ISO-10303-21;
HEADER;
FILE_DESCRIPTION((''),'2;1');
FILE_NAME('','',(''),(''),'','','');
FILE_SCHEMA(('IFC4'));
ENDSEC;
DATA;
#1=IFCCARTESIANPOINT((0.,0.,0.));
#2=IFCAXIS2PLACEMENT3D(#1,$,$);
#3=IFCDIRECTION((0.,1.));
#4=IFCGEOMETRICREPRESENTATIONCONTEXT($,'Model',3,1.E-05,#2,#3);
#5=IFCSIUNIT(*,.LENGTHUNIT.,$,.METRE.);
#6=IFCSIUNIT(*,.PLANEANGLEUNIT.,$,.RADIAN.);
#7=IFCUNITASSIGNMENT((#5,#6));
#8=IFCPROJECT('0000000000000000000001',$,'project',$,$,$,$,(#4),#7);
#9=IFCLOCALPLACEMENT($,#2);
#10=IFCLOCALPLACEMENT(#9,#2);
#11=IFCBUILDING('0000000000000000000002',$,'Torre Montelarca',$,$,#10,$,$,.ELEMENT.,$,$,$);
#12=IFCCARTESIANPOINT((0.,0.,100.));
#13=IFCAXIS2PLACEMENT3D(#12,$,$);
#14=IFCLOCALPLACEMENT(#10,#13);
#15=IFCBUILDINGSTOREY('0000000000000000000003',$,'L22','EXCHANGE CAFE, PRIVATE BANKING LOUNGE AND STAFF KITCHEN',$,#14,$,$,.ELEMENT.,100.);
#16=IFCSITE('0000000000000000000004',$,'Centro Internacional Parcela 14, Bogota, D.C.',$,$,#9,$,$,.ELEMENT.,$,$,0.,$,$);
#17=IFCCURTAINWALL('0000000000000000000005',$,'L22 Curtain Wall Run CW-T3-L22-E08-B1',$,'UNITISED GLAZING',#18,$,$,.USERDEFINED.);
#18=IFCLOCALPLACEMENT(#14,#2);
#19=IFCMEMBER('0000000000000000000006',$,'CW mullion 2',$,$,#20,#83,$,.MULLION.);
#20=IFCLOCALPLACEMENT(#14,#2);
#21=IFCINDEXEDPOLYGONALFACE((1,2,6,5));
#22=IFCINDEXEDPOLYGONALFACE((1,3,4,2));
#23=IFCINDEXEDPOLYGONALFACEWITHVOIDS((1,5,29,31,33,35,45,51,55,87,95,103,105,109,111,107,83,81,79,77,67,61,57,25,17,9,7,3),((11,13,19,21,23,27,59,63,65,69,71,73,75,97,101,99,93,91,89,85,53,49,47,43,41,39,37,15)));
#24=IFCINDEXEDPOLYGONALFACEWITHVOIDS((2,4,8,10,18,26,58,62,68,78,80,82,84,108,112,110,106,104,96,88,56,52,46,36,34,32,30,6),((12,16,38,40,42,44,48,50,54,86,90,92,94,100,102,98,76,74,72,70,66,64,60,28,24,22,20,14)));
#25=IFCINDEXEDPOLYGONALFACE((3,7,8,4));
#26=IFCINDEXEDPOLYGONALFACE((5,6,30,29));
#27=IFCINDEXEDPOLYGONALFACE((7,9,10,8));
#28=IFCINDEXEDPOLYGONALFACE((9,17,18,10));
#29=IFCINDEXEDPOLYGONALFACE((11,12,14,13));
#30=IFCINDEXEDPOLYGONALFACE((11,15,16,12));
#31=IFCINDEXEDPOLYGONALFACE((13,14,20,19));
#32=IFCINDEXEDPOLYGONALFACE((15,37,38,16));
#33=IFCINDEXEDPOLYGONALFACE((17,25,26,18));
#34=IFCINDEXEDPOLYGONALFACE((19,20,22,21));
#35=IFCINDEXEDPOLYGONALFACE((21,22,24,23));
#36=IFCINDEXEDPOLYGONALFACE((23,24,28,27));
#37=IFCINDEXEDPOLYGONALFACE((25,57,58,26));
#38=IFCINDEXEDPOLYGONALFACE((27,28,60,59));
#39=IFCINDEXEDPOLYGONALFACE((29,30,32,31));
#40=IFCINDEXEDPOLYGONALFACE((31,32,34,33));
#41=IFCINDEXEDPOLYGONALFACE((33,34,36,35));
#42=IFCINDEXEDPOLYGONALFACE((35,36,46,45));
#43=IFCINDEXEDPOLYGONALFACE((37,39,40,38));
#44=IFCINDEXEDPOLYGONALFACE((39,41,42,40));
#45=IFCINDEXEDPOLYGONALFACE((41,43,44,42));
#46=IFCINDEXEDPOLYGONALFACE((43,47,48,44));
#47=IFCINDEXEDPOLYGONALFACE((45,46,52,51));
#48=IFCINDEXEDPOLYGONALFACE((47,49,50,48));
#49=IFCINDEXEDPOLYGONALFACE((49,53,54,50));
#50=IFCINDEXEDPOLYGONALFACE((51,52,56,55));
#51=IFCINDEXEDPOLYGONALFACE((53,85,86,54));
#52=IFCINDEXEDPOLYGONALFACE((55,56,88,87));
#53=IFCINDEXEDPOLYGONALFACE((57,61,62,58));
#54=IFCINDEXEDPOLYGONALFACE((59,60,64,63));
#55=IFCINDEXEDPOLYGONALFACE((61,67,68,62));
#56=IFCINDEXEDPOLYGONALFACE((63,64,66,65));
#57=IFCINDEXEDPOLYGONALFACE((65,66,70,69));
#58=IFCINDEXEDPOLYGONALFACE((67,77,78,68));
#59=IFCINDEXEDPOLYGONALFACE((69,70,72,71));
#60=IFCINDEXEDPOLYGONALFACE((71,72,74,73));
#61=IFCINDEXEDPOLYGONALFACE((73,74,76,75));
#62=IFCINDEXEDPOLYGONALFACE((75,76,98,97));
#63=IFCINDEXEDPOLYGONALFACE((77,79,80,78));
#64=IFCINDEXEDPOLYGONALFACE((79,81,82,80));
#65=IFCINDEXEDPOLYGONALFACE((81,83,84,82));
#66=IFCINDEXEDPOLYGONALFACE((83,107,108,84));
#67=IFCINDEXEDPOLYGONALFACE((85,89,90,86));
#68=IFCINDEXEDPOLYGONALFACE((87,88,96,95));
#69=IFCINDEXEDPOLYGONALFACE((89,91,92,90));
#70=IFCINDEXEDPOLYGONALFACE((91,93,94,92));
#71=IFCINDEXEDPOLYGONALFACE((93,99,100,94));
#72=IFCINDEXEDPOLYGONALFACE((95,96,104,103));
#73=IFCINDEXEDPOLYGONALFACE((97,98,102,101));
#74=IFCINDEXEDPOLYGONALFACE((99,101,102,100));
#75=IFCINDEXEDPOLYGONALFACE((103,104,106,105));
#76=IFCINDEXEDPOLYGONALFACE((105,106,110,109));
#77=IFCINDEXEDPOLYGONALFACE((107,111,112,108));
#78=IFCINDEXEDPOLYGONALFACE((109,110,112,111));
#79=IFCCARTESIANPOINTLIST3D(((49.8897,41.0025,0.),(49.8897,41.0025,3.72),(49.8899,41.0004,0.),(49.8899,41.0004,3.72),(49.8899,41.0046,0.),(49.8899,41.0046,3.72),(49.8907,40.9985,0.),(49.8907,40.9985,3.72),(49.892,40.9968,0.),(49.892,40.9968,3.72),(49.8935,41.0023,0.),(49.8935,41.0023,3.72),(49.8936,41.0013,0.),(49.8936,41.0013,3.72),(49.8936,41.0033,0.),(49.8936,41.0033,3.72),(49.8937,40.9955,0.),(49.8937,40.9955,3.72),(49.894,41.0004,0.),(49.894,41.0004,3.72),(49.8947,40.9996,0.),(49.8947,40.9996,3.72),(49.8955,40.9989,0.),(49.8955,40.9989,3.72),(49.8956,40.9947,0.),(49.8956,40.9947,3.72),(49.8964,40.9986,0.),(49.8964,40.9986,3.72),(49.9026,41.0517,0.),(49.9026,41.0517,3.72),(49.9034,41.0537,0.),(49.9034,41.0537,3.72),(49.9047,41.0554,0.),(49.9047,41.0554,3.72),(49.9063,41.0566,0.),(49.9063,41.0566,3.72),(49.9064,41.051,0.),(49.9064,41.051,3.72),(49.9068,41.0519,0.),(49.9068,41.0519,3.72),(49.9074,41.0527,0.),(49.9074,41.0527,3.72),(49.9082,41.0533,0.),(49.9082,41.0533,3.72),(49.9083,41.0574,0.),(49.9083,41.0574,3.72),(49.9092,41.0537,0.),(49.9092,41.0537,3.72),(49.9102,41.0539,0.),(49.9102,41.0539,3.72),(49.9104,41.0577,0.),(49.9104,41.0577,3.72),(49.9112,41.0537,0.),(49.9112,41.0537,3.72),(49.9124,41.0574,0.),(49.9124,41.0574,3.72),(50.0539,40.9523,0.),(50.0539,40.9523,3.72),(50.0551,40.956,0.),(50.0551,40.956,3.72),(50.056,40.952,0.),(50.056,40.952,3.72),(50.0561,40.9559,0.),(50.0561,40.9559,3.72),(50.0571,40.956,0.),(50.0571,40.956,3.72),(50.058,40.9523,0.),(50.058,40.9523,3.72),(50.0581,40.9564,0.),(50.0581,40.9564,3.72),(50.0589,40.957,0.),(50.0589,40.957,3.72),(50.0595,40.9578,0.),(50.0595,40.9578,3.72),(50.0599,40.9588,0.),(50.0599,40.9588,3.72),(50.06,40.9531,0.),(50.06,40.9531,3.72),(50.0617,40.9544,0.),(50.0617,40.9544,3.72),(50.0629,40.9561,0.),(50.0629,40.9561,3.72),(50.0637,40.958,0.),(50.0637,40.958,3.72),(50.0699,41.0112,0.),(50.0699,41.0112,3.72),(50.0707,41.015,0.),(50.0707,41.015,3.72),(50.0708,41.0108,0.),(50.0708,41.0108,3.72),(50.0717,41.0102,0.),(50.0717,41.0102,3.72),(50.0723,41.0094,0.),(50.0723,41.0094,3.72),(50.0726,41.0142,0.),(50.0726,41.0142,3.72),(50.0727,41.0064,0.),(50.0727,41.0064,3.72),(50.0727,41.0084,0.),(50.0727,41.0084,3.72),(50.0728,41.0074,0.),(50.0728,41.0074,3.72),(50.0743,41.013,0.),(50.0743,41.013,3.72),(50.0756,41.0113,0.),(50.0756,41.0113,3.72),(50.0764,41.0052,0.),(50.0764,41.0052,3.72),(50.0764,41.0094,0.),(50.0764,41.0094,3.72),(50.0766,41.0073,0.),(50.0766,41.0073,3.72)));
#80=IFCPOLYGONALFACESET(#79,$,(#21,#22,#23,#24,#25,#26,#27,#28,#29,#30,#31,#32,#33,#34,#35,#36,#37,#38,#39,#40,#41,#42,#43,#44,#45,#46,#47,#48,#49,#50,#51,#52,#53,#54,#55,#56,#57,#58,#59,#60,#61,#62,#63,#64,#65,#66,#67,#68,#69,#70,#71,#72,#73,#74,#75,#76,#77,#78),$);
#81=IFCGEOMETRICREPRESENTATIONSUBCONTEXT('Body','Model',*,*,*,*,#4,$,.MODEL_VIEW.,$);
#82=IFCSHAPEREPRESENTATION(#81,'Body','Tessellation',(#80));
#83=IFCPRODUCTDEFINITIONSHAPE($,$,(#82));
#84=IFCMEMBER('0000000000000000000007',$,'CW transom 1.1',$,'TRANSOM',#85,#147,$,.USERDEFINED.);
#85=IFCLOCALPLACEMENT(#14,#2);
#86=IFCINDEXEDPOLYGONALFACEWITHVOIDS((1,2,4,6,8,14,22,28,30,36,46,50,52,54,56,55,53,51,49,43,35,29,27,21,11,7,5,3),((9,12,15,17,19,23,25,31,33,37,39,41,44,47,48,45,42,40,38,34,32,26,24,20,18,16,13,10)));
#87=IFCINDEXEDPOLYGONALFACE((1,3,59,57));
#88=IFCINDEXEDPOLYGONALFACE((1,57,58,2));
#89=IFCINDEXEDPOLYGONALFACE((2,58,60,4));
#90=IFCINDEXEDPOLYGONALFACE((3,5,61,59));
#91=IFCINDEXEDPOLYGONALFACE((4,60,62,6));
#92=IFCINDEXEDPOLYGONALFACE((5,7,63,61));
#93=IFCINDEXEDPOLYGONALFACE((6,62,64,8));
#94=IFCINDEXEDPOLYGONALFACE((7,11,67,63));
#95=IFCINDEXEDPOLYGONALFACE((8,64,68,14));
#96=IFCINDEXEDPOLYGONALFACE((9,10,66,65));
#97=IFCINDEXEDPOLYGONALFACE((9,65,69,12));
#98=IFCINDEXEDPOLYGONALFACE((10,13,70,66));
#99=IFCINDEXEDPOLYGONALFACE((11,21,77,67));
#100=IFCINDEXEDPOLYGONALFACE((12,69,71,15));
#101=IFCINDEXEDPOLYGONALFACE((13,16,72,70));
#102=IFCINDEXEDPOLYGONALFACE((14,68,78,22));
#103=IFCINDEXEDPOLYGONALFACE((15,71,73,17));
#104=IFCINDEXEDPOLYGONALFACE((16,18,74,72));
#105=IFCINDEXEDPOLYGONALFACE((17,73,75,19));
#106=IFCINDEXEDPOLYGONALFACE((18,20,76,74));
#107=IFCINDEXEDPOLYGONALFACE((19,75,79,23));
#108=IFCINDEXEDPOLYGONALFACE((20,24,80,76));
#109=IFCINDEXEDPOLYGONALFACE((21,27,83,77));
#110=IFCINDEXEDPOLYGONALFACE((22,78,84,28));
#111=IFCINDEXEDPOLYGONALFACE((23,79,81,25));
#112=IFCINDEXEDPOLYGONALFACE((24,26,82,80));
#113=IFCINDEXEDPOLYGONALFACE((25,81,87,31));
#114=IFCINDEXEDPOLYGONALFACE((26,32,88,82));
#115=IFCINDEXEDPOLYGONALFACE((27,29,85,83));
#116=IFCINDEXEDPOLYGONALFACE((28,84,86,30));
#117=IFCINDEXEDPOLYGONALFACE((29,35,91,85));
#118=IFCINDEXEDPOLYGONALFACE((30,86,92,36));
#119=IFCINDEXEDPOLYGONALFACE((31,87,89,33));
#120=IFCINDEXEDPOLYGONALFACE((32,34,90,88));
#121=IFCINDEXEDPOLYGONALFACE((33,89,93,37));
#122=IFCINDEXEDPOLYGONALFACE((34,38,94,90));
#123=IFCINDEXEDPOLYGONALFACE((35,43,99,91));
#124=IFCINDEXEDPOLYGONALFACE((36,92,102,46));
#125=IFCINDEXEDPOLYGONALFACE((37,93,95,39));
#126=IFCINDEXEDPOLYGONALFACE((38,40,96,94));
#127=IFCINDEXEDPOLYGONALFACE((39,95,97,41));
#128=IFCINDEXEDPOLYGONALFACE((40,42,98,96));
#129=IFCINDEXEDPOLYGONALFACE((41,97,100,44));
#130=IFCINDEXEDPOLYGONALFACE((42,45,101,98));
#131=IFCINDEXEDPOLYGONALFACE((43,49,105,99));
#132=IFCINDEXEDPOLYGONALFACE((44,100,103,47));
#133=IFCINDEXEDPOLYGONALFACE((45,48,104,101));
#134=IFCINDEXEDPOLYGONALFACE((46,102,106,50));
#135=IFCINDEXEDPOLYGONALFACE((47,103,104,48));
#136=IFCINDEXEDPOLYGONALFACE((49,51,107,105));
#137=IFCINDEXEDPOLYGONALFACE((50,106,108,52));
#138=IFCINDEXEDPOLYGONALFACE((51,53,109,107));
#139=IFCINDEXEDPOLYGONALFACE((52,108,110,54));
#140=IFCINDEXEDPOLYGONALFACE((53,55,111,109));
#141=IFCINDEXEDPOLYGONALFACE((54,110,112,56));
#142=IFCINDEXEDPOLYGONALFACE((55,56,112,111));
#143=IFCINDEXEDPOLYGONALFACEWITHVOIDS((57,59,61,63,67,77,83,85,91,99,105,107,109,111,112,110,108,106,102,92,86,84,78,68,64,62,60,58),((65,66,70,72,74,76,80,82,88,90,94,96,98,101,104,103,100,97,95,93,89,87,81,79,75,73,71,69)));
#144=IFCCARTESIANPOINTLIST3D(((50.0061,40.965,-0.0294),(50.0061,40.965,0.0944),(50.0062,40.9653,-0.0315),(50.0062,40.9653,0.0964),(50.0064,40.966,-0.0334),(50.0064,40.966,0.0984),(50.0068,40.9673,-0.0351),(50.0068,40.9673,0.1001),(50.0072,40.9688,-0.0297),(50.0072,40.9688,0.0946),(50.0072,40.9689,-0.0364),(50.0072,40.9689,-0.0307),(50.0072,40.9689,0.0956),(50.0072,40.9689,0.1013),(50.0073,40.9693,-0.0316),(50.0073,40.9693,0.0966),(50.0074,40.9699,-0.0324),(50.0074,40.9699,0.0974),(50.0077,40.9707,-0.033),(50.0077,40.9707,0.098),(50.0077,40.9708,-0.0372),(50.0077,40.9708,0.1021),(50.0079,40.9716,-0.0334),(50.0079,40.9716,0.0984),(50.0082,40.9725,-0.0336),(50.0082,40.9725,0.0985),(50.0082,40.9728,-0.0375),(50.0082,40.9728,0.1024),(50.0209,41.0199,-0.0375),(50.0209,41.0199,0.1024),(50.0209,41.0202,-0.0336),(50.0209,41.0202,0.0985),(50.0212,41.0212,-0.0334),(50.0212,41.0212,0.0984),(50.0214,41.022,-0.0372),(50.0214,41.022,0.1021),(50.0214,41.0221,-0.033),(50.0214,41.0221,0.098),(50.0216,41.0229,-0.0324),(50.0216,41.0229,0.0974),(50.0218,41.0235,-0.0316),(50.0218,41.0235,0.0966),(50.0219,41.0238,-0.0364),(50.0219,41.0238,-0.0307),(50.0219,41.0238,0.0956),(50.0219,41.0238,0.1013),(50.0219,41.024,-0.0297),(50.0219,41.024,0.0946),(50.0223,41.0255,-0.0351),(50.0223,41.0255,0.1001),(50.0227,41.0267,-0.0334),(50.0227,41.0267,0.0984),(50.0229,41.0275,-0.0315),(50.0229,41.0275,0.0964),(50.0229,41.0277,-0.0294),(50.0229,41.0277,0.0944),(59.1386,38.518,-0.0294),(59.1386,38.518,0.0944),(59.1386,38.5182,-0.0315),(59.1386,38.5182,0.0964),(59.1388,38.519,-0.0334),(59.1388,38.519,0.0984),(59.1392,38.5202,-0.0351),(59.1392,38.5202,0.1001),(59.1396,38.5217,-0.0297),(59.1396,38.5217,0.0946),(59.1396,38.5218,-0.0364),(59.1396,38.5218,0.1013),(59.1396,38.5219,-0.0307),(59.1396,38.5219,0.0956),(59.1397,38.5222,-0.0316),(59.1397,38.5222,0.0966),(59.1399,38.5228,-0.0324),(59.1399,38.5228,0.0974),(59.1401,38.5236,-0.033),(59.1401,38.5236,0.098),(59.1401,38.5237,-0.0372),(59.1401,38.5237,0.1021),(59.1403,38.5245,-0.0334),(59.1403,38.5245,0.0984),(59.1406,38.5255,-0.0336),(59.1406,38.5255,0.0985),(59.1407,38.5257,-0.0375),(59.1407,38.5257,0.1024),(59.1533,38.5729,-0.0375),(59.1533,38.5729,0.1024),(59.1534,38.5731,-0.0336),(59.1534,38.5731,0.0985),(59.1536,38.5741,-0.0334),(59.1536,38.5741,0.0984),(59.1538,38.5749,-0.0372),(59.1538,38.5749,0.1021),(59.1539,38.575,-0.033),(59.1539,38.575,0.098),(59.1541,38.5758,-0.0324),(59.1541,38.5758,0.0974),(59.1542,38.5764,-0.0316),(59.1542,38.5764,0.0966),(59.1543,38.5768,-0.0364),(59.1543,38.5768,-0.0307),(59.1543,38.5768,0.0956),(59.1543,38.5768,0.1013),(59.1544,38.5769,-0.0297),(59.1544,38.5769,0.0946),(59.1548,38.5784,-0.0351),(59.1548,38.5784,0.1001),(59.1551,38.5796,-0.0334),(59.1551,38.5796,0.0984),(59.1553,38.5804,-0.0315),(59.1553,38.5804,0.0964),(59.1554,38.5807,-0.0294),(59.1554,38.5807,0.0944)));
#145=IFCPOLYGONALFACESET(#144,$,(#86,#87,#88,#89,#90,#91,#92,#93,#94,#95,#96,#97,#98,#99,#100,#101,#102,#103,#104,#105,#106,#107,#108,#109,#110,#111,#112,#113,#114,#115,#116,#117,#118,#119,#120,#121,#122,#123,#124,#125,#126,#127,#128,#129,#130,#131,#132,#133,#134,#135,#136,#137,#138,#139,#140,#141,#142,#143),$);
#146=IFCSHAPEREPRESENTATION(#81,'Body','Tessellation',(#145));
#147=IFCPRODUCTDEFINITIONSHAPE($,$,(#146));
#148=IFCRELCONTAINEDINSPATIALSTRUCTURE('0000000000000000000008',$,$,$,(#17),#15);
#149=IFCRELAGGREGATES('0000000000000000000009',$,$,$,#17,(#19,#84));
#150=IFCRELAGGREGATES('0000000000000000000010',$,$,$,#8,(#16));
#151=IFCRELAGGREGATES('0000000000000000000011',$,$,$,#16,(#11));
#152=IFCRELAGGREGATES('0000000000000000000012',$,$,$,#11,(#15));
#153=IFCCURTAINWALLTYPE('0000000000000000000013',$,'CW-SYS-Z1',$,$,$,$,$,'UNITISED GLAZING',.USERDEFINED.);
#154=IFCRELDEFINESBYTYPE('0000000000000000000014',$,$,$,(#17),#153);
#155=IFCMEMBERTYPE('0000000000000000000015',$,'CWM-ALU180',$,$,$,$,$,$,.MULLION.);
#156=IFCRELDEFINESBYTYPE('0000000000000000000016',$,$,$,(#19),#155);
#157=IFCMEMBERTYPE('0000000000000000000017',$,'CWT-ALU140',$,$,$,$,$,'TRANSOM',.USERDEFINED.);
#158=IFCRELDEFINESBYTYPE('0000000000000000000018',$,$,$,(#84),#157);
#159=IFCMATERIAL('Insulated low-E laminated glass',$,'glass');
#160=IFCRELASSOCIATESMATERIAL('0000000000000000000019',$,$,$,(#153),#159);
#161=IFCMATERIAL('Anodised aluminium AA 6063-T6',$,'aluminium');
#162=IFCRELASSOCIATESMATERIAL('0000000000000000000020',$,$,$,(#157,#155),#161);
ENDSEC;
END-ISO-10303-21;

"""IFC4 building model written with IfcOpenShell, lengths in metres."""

from ifc_helpers import new_model, si_unit, direction, frame, origin, origin_2d, place, context, subcontext, project, spatial, hollow_rectangle, extrude, source, transform, mapped, material, material_profile, profile_set, type_object, element, aggregate, save


model = new_model("IFC4")

# Units and contexts
model_context = context("Model", 3, precision=1e-05, world=origin(), true_north=direction((0.0, 1.0)))
body_context = subcontext(model_context, "Body", "Model", "MODEL_VIEW")
ifc_project = project(units=[si_unit("LENGTHUNIT", "METRE"), si_unit("PLANEANGLEUNIT", "RADIAN")], contexts=[model_context])

# Site, building, storey
site_placement = place(None, origin())
site = spatial("IfcSite", under=ifc_project, at=site_placement, Name="Centro Internacional Parcela 14, Bogota, D.C.", CompositionType="ELEMENT", RefElevation=0.0)
building_placement = place(site_placement, origin())
building = spatial("IfcBuilding", under=site, at=building_placement, Name="Torre Montelarca", CompositionType="ELEMENT")
storey_placement = place(building_placement, frame((0.0, 0.0, 100.0)))
storey = spatial("IfcBuildingStorey", under=building, at=storey_placement, Name="L22", Description="EXCHANGE CAFE, PRIVATE BANKING LOUNGE AND STAFF KITCHEN", CompositionType="ELEMENT", Elevation=100.0)

# Shared definitions
ifc_material_1 = material(Name="Insulated low-E laminated glass", Category="glass")
curtain_wall_type = type_object("IfcCurtainWallType", Name="CW-SYS-Z1", ElementType="UNITISED GLAZING", PredefinedType="USERDEFINED", material=ifc_material_1)
ifc_material_2 = material(Name="Anodised aluminium AA 6063-T6", Category="aluminium")
ifc_material_profile_1 = material_profile(ifc_material_2, hollow_rectangle(XDim=0.0649, YDim=0.1399, WallThickness=0.0039, InnerFilletRadius=0.0039, OuterFilletRadius=0.0081, at=origin_2d()), Name="ALU65X140X4", Category="aluminium")
ifc_profile_set_1 = profile_set([ifc_material_profile_1], Name="Anodised aluminium AA 6063-T6")
member_type_1 = type_object("IfcMemberType", Name="CWT-ALU140", ElementType="TRANSOM", PredefinedType="USERDEFINED", material=ifc_profile_set_1)
ifc_material_profile_2 = material_profile(ifc_material_2, hollow_rectangle(XDim=0.0649, YDim=0.1799, WallThickness=0.0039, InnerFilletRadius=0.0039, OuterFilletRadius=0.0081, at=origin_2d()), Name="ALU65X180X4", Category="aluminium")
ifc_profile_set_2 = profile_set([ifc_material_profile_2], Name="Anodised aluminium AA 6063-T6")
member_type_2 = type_object("IfcMemberType", Name="CWM-ALU180", PredefinedType="MULLION", material=ifc_profile_set_2)
shared_shape_1 = source(origin(), body_context, "Body", "SweptSolid", [
    extrude(hollow_rectangle(XDim=0.0649, YDim=0.1799, WallThickness=0.0039, InnerFilletRadius=0.0039, OuterFilletRadius=0.0081, at=origin_2d()), origin(), (0.0, 0.0, 1.0), 3.72),
])

# Curtain wall, members
curtain_wall_1_placement = place(storey_placement, origin())
curtain_wall_1 = element("IfcCurtainWall", 1, at=curtain_wall_1_placement, inside=storey, type_object=curtain_wall_type, Name="L22 Curtain Wall Run CW-T3-L22-E08-B1", ObjectType="UNITISED GLAZING", PredefinedType="USERDEFINED")
member_1_placement = place(storey_placement, frame((49.9832, 41.0049, 0.0), z_axis=(0.0, 0.0, 1.0), x_axis=(-0.258818, -0.965926, 0.0)))
member_1 = element("IfcMember", 2, at=member_1_placement, type_object=member_type_2, Name="CW mullion 2", PredefinedType="MULLION", context=body_context, shape_type="MappedRepresentation", body=[
    mapped(shared_shape_1, transform((0.0, 0.0, 0.0), scale=1.0)),
])
shared_shape_2 = source(origin(), body_context, "Body", "SweptSolid", [
    extrude(hollow_rectangle(XDim=0.0649, YDim=0.1399, WallThickness=0.0039, InnerFilletRadius=0.0039, OuterFilletRadius=0.0081, at=origin_2d()), origin(), (0.0, 0.0, 1.0), 9.4546),
])
member_2_placement = place(storey_placement, frame((59.147, 38.5493, 0.0325), z_axis=(-0.965925, 0.258821, 0.0), x_axis=(-0.258821, -0.965925, 0.0)))
member_2 = element("IfcMember", 3, at=member_2_placement, type_object=member_type_1, Name="CW transom 1.1", ObjectType="TRANSOM", PredefinedType="USERDEFINED", context=body_context, shape_type="MappedRepresentation", body=[
    mapped(shared_shape_2, transform((0.0, 0.0, 0.0), scale=1.0)),
])

aggregate(curtain_wall_1, [member_1, member_2])

save(model, "model.ifc")
